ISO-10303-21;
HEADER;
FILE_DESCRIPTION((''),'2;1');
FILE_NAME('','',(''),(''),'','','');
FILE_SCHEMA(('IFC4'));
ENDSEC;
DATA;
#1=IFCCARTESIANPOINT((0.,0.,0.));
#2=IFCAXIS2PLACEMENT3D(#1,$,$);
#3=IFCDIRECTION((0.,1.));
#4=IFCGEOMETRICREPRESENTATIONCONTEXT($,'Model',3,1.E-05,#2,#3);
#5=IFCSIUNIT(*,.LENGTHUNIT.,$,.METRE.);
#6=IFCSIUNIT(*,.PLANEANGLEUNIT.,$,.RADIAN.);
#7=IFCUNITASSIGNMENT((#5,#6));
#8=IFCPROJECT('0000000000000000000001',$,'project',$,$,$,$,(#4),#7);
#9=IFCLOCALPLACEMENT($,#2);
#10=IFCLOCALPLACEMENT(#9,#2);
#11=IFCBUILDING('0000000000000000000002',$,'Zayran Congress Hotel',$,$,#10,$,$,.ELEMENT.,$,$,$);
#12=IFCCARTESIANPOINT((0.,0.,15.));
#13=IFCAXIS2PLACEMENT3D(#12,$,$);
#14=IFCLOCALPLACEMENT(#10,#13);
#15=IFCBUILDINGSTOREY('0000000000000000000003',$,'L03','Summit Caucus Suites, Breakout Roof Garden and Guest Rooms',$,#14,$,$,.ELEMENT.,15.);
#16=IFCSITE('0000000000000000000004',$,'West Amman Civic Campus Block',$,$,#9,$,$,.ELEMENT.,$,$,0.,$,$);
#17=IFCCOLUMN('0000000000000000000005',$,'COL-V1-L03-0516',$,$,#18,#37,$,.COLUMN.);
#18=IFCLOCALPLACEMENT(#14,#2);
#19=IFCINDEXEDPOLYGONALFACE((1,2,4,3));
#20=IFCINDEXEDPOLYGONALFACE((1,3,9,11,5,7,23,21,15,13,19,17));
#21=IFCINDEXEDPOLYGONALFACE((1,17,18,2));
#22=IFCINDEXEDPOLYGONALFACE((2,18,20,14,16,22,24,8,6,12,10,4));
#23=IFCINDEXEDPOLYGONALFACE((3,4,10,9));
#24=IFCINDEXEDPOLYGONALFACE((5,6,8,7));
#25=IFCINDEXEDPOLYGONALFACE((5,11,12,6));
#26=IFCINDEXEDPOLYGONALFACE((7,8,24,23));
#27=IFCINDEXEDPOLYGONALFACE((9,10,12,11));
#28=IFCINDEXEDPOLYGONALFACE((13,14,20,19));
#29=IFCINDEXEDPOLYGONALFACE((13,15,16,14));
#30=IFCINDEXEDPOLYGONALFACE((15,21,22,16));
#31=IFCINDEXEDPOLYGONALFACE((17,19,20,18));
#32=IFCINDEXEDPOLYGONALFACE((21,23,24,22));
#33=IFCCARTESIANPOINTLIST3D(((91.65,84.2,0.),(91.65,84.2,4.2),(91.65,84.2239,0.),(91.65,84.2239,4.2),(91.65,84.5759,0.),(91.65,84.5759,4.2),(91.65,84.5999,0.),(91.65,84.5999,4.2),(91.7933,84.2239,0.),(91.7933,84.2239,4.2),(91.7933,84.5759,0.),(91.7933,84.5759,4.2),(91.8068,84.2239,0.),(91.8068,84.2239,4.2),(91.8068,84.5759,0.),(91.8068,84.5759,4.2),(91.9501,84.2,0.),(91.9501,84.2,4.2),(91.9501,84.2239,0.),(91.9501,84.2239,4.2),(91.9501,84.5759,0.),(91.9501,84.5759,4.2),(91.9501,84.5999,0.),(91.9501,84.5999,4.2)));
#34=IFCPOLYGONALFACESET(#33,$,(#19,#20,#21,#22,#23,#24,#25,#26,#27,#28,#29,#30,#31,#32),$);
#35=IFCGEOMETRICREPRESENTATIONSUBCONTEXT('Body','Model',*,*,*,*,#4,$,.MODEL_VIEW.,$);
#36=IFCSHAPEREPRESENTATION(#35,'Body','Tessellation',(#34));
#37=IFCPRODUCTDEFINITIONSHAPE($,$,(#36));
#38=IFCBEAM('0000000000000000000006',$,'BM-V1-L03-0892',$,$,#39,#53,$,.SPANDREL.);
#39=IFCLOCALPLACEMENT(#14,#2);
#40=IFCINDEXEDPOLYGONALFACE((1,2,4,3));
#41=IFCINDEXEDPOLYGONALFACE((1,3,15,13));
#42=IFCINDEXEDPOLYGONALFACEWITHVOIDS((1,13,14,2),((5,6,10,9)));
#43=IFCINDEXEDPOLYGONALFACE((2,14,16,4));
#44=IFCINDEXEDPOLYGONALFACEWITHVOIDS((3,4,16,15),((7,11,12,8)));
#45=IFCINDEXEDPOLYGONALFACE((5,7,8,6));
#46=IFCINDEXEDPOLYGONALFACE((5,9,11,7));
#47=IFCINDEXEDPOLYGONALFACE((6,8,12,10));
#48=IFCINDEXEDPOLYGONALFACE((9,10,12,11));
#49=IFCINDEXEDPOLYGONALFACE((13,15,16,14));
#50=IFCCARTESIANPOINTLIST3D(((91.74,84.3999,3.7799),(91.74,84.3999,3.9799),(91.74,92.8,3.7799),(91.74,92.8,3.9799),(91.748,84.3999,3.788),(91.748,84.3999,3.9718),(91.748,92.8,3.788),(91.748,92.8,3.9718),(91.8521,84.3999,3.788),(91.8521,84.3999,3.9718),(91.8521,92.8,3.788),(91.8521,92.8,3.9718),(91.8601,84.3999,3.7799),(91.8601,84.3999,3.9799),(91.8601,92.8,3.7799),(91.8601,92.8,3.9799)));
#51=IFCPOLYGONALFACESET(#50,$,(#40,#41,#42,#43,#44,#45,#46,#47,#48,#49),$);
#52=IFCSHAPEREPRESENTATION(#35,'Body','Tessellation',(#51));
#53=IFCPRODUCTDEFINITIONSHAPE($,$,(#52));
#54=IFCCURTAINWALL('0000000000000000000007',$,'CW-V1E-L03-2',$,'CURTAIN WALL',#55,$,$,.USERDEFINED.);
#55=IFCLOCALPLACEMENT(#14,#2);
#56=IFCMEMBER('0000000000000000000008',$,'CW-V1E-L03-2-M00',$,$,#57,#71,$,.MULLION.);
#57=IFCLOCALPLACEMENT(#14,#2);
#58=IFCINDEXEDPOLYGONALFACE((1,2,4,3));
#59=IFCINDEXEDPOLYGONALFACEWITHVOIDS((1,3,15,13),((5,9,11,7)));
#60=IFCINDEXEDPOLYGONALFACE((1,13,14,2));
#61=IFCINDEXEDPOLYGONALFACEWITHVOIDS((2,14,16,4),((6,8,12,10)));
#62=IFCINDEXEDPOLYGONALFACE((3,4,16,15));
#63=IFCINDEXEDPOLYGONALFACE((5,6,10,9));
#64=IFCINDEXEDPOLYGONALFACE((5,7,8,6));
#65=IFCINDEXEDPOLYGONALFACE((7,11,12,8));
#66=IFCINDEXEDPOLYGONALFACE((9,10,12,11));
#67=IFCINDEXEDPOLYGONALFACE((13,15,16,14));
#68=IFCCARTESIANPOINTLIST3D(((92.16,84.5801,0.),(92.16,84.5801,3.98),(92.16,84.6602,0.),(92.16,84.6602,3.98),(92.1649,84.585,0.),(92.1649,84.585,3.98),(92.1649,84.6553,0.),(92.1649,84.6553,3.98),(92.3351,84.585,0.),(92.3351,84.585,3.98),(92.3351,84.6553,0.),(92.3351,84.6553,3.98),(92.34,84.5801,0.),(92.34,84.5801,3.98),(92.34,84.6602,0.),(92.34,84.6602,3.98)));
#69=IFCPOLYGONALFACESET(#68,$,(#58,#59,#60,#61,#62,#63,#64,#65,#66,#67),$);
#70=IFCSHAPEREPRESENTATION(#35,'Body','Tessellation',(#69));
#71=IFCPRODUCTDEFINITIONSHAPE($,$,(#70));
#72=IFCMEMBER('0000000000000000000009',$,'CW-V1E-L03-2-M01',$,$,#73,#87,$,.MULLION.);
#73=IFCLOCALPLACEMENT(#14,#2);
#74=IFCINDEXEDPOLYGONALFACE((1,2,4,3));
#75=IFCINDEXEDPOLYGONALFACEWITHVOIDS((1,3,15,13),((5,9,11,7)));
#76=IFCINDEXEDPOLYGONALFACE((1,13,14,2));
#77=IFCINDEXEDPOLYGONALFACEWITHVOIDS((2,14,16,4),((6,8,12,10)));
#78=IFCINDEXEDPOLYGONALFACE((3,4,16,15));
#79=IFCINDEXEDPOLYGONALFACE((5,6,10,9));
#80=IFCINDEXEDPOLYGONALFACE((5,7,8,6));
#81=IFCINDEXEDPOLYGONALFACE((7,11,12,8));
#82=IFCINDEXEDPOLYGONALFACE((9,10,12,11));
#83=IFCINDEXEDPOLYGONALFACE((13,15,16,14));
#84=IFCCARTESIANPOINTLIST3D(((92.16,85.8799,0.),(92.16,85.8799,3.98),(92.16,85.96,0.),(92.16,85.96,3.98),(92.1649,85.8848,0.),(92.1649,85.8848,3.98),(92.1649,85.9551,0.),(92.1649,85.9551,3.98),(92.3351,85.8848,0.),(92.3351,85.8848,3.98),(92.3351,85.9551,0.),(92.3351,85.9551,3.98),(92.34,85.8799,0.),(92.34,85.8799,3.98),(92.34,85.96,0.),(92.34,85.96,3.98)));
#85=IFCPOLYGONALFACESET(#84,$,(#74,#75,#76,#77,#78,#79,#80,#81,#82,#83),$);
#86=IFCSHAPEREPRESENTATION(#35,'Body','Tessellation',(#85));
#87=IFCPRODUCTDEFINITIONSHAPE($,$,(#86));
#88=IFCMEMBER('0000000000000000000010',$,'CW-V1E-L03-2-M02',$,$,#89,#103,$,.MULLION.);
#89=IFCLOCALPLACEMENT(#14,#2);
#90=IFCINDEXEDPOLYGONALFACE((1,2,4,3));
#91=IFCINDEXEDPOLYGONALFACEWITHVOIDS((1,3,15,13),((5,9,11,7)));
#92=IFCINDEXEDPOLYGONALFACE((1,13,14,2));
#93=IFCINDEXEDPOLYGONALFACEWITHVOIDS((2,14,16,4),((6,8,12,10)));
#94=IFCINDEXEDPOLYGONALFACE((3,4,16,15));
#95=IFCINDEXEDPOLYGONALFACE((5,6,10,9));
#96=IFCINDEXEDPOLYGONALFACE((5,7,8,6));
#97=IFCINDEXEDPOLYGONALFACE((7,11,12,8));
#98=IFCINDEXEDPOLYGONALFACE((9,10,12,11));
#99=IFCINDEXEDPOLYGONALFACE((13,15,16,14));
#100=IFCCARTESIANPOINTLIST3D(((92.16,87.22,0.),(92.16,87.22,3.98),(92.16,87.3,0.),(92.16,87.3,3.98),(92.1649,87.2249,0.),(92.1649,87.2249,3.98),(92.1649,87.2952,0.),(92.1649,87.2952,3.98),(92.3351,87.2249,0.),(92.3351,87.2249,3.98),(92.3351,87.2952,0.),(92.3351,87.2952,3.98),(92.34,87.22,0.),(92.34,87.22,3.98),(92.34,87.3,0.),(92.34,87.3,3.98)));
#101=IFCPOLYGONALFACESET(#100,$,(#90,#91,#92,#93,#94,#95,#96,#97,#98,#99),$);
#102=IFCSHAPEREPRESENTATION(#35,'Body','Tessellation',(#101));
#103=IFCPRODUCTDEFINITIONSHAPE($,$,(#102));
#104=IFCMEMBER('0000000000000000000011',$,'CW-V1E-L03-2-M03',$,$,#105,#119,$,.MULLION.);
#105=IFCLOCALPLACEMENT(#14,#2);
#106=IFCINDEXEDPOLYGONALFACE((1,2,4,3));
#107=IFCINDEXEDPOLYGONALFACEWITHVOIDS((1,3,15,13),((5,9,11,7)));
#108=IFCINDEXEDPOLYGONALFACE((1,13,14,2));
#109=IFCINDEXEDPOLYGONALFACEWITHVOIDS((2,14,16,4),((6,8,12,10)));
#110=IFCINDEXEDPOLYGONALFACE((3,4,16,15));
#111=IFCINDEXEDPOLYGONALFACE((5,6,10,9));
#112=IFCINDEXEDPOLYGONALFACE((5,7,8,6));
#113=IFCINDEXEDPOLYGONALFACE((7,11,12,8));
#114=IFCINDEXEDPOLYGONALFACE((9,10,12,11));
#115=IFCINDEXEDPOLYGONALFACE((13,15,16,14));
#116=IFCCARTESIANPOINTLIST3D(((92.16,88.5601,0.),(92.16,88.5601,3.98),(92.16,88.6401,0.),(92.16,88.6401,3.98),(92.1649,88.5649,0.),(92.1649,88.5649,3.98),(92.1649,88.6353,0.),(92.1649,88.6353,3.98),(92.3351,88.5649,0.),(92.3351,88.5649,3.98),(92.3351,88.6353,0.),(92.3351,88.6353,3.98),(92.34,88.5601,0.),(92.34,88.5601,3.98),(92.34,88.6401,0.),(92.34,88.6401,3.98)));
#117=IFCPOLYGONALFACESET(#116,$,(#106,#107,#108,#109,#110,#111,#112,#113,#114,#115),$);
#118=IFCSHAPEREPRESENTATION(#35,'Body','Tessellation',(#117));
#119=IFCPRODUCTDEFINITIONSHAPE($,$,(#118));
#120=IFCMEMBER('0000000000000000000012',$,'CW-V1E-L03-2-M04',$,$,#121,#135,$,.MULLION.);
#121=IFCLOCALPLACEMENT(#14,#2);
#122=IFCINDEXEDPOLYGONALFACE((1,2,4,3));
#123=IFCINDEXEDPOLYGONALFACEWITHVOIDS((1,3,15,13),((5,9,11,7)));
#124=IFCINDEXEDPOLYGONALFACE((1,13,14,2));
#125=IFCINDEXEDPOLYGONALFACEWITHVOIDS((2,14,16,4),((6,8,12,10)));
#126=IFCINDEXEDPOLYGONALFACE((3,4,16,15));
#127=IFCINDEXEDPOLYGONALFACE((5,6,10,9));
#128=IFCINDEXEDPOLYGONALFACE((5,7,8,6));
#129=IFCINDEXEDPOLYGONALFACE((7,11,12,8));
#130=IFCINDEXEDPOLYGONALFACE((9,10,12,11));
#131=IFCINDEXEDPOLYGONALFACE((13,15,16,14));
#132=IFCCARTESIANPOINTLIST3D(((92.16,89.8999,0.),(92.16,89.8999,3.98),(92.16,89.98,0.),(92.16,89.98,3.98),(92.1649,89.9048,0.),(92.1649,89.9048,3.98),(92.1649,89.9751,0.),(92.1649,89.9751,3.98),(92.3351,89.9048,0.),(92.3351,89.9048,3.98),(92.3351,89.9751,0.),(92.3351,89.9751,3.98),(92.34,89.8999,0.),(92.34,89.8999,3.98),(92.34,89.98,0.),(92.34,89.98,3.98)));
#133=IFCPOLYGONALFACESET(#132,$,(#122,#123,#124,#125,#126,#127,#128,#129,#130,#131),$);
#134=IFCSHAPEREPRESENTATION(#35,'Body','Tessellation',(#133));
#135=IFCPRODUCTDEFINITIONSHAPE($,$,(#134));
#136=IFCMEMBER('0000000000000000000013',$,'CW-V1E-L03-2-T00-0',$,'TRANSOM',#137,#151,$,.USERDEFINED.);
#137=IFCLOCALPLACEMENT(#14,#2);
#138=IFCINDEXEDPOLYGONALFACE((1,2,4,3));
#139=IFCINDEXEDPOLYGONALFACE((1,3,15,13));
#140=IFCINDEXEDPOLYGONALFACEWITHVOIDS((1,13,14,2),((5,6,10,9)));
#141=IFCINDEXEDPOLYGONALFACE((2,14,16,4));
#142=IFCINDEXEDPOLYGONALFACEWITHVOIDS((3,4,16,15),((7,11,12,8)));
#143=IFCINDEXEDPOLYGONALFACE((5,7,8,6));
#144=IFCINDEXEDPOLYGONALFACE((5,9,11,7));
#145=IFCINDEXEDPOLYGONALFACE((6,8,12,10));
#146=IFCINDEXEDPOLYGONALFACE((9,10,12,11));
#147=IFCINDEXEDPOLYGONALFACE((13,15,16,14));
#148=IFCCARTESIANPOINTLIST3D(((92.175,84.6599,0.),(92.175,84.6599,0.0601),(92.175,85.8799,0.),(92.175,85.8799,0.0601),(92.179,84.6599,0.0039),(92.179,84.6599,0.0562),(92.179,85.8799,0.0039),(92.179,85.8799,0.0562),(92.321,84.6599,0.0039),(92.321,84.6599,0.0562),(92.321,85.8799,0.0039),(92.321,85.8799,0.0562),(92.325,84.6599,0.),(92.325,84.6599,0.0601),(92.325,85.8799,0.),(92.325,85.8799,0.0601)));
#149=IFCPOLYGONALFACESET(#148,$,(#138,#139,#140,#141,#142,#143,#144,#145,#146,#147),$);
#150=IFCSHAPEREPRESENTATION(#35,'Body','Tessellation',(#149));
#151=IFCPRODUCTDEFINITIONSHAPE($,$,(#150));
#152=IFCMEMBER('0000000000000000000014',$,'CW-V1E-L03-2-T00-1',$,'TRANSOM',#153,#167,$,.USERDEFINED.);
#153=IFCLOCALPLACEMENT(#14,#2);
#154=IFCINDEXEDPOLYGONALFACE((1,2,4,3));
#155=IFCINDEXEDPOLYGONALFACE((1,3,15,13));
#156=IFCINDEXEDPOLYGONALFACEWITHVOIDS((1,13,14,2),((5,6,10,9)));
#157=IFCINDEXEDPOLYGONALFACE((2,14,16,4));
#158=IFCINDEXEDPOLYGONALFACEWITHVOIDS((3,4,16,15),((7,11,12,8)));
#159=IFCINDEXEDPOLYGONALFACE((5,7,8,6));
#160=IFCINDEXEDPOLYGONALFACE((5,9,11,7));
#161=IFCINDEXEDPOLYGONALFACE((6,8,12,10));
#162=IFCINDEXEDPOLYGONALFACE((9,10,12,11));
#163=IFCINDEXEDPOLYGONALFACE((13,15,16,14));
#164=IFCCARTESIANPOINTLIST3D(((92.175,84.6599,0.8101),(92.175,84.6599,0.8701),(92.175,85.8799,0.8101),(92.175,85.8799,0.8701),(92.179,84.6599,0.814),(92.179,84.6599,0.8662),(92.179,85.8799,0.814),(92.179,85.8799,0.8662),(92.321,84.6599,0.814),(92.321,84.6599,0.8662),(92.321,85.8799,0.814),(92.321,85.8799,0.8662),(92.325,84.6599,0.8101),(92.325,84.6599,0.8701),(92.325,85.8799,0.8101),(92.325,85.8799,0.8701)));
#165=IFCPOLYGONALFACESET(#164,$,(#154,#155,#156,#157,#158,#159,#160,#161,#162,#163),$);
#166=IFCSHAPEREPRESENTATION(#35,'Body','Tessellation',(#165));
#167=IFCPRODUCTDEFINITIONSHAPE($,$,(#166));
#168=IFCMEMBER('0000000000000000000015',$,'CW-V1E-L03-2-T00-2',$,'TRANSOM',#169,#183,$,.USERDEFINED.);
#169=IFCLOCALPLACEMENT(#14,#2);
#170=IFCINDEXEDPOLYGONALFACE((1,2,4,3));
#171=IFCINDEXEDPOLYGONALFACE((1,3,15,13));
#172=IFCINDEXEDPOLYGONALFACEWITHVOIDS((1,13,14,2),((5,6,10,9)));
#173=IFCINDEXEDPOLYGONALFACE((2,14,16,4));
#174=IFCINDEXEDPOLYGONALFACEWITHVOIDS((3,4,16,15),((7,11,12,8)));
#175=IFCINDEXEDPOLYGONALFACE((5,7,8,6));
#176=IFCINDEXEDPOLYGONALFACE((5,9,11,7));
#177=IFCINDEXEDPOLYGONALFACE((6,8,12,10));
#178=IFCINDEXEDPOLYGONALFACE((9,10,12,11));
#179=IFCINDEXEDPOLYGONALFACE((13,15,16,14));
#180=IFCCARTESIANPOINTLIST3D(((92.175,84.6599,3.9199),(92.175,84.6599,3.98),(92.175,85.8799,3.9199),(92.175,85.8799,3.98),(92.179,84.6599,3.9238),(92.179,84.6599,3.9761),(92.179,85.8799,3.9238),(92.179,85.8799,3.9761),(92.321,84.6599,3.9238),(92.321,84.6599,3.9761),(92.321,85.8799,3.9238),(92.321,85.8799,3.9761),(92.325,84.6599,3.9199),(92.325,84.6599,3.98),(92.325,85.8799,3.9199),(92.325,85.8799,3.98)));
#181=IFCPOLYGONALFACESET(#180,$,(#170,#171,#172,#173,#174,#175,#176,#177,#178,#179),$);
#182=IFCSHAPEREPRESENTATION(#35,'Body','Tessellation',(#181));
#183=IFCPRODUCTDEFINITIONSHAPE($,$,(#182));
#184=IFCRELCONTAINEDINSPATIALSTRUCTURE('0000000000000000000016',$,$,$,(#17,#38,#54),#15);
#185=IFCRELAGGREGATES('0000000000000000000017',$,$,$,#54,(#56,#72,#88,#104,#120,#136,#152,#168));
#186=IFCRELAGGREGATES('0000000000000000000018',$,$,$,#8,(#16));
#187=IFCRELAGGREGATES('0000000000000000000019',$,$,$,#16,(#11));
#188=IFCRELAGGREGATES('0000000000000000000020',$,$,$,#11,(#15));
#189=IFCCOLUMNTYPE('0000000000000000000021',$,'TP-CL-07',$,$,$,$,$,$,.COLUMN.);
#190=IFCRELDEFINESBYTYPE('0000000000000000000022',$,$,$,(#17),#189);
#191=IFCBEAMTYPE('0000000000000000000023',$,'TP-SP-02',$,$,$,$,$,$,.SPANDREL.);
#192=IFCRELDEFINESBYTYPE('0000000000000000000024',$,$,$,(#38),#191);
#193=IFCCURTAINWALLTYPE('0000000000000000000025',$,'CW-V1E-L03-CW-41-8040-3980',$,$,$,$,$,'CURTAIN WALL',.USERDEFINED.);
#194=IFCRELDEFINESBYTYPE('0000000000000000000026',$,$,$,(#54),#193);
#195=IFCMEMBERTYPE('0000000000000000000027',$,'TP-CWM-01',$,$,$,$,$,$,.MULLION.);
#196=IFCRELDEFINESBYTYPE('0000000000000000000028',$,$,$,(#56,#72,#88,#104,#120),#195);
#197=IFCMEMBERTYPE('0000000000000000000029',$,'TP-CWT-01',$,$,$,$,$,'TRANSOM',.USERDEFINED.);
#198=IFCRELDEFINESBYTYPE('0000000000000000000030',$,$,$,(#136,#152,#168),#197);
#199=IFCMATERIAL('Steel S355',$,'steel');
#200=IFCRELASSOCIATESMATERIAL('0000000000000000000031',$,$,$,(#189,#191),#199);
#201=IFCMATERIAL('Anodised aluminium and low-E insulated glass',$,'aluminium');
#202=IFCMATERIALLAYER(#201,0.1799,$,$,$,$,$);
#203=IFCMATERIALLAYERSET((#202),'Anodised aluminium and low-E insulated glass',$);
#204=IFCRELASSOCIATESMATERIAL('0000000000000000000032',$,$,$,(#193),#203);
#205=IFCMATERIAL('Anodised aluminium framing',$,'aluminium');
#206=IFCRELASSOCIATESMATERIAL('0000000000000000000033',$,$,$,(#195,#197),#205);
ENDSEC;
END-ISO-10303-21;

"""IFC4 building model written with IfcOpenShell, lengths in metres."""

from ifc_helpers import new_model, si_unit, direction, frame, origin, origin_2d, place, context, subcontext, project, spatial, hollow_rectangle, i_section, extrude, material, layer, layer_set, material_profile, profile_set, type_object, element, aggregate, save


model = new_model("IFC4")

# Units and contexts
model_context = context("Model", 3, precision=1e-05, world=origin(), true_north=direction((0.0, 1.0)))
body_context = subcontext(model_context, "Body", "Model", "MODEL_VIEW")
ifc_project = project(units=[si_unit("LENGTHUNIT", "METRE"), si_unit("PLANEANGLEUNIT", "RADIAN")], contexts=[model_context])

# Site, building, storey
site_placement = place(None, origin())
site = spatial("IfcSite", under=ifc_project, at=site_placement, Name="West Amman Civic Campus Block", CompositionType="ELEMENT", RefElevation=0.0)
building_placement = place(site_placement, origin())
building = spatial("IfcBuilding", under=site, at=building_placement, Name="Zayran Congress Hotel", CompositionType="ELEMENT")
storey_placement = place(building_placement, frame((0.0, 0.0, 15.0)))
storey = spatial("IfcBuildingStorey", under=building, at=storey_placement, Name="L03", Description="Summit Caucus Suites, Breakout Roof Garden and Guest Rooms", CompositionType="ELEMENT", Elevation=15.0)

# Column
ifc_material_1 = material(Name="Steel S355", Category="steel")
ifc_material_profile_1 = material_profile(ifc_material_1, i_section(OverallWidth=0.3, OverallDepth=0.3999, WebThickness=0.0134, FlangeThickness=0.0239, at=origin_2d()), Name="HEB 400")
ifc_profile_set_1 = profile_set([ifc_material_profile_1], Name="Steel S355")
column_type = type_object("IfcColumnType", Name="TP-CL-07", PredefinedType="COLUMN", material=ifc_profile_set_1)
column_placement = place(storey_placement, frame((91.8, 84.3999, 0.0), z_axis=(0.0, 0.0, 1.0), x_axis=(1.0, 0.0, 0.0)))
element("IfcColumn", 1, at=column_placement, inside=storey, type_object=column_type, Name="COL-V1-L03-0516", PredefinedType="COLUMN", context=body_context, shape_type="SweptSolid", body=[
    extrude(i_section(OverallWidth=0.3, OverallDepth=0.3999, WebThickness=0.0134, FlangeThickness=0.0239, at=origin_2d()), origin(), (0.0, 0.0, 1.0), 4.2),
])

# Beam
ifc_material_profile_2 = material_profile(ifc_material_1, hollow_rectangle(XDim=0.1201, YDim=0.2, WallThickness=0.0081, at=origin_2d()), Name="RHS 200x120x8")
ifc_profile_set_2 = profile_set([ifc_material_profile_2], Name="Steel S355")
beam_type = type_object("IfcBeamType", Name="TP-SP-02", PredefinedType="SPANDREL", material=ifc_profile_set_2)
beam_placement = place(storey_placement, frame((91.8, 84.3999, 3.8799), z_axis=(0.0, 1.0, 0.0), x_axis=(-1.0, 0.0, 0.0)))
element("IfcBeam", 2, at=beam_placement, inside=storey, type_object=beam_type, Name="BM-V1-L03-0892", PredefinedType="SPANDREL", context=body_context, shape_type="SweptSolid", body=[
    extrude(hollow_rectangle(XDim=0.1201, YDim=0.2, WallThickness=0.0081, at=origin_2d()), origin(), (0.0, 0.0, 1.0), 8.4001),
])

# Curtain wall, members
ifc_material_2 = material(Name="Anodised aluminium and low-E insulated glass", Category="aluminium")
ifc_layer_1 = layer(ifc_material_2, 0.1799)
ifc_layer_set_1 = layer_set([ifc_layer_1], Name="Anodised aluminium and low-E insulated glass")
curtain_wall_type = type_object("IfcCurtainWallType", Name="CW-V1E-L03-CW-41-8040-3980", ElementType="CURTAIN WALL", PredefinedType="USERDEFINED", material=ifc_layer_set_1)
curtain_wall_placement = place(storey_placement, origin())
curtain_wall = element("IfcCurtainWall", 3, at=curtain_wall_placement, inside=storey, type_object=curtain_wall_type, Name="CW-V1E-L03-2", ObjectType="CURTAIN WALL", PredefinedType="USERDEFINED")
ifc_material_3 = material(Name="Anodised aluminium framing", Category="aluminium")
ifc_material_profile_3 = material_profile(ifc_material_3, hollow_rectangle(XDim=0.0801, YDim=0.1799, WallThickness=0.0049, at=origin_2d()), Name="RHS 180x80x5")
ifc_profile_set_3 = profile_set([ifc_material_profile_3], Name="Anodised aluminium framing")
member_type_1 = type_object("IfcMemberType", Name="TP-CWM-01", PredefinedType="MULLION", material=ifc_profile_set_3)
member_1_placement = place(storey_placement, frame((92.25, 84.6201, 0.0), z_axis=(0.0, 0.0, 1.0), x_axis=(0.0, 1.0, 0.0)))
member_1 = element("IfcMember", 4, at=member_1_placement, type_object=member_type_1, Name="CW-V1E-L03-2-M00", PredefinedType="MULLION", context=body_context, shape_type="SweptSolid", body=[
    extrude(hollow_rectangle(XDim=0.0801, YDim=0.1799, WallThickness=0.0049, at=origin_2d()), origin(), (0.0, 0.0, 1.0), 3.98),
])
member_2_placement = place(storey_placement, frame((92.25, 85.9199, 0.0), z_axis=(0.0, 0.0, 1.0), x_axis=(0.0, 1.0, 0.0)))
member_2 = element("IfcMember", 5, at=member_2_placement, type_object=member_type_1, Name="CW-V1E-L03-2-M01", PredefinedType="MULLION", context=body_context, shape_type="SweptSolid", body=[
    extrude(hollow_rectangle(XDim=0.0801, YDim=0.1799, WallThickness=0.0049, at=origin_2d()), origin(), (0.0, 0.0, 1.0), 3.98),
])
member_3_placement = place(storey_placement, frame((92.25, 87.26, 0.0), z_axis=(0.0, 0.0, 1.0), x_axis=(0.0, 1.0, 0.0)))
member_3 = element("IfcMember", 6, at=member_3_placement, type_object=member_type_1, Name="CW-V1E-L03-2-M02", PredefinedType="MULLION", context=body_context, shape_type="SweptSolid", body=[
    extrude(hollow_rectangle(XDim=0.0801, YDim=0.1799, WallThickness=0.0049, at=origin_2d()), origin(), (0.0, 0.0, 1.0), 3.98),
])
member_4_placement = place(storey_placement, frame((92.25, 88.6001, 0.0), z_axis=(0.0, 0.0, 1.0), x_axis=(0.0, 1.0, 0.0)))
member_4 = element("IfcMember", 7, at=member_4_placement, type_object=member_type_1, Name="CW-V1E-L03-2-M03", PredefinedType="MULLION", context=body_context, shape_type="SweptSolid", body=[
    extrude(hollow_rectangle(XDim=0.0801, YDim=0.1799, WallThickness=0.0049, at=origin_2d()), origin(), (0.0, 0.0, 1.0), 3.98),
])
member_5_placement = place(storey_placement, frame((92.25, 89.9399, 0.0), z_axis=(0.0, 0.0, 1.0), x_axis=(0.0, 1.0, 0.0)))
member_5 = element("IfcMember", 8, at=member_5_placement, type_object=member_type_1, Name="CW-V1E-L03-2-M04", PredefinedType="MULLION", context=body_context, shape_type="SweptSolid", body=[
    extrude(hollow_rectangle(XDim=0.0801, YDim=0.1799, WallThickness=0.0049, at=origin_2d()), origin(), (0.0, 0.0, 1.0), 3.98),
])
ifc_material_profile_4 = material_profile(ifc_material_3, hollow_rectangle(XDim=0.0601, YDim=0.1499, WallThickness=0.0039, at=origin_2d()), Name="RHS 150x60x4")
ifc_profile_set_4 = profile_set([ifc_material_profile_4], Name="Anodised aluminium framing")
member_type_2 = type_object("IfcMemberType", Name="TP-CWT-01", ElementType="TRANSOM", PredefinedType="USERDEFINED", material=ifc_profile_set_4)
member_6_placement = place(storey_placement, frame((92.25, 84.6599, 0.03), z_axis=(0.0, 1.0, 0.0), x_axis=(0.0, 0.0, 1.0)))
member_6 = element("IfcMember", 9, at=member_6_placement, type_object=member_type_2, Name="CW-V1E-L03-2-T00-0", ObjectType="TRANSOM", PredefinedType="USERDEFINED", context=body_context, shape_type="SweptSolid", body=[
    extrude(hollow_rectangle(XDim=0.0601, YDim=0.1499, WallThickness=0.0039, at=origin_2d()), origin(), (0.0, 0.0, 1.0), 1.22),
])
member_7_placement = place(storey_placement, frame((92.25, 84.6599, 0.8401), z_axis=(0.0, 1.0, 0.0), x_axis=(0.0, 0.0, 1.0)))
member_7 = element("IfcMember", 10, at=member_7_placement, type_object=member_type_2, Name="CW-V1E-L03-2-T00-1", ObjectType="TRANSOM", PredefinedType="USERDEFINED", context=body_context, shape_type="SweptSolid", body=[
    extrude(hollow_rectangle(XDim=0.0601, YDim=0.1499, WallThickness=0.0039, at=origin_2d()), origin(), (0.0, 0.0, 1.0), 1.22),
])
member_8_placement = place(storey_placement, frame((92.25, 84.6599, 3.95), z_axis=(0.0, 1.0, 0.0), x_axis=(0.0, 0.0, 1.0)))
member_8 = element("IfcMember", 11, at=member_8_placement, type_object=member_type_2, Name="CW-V1E-L03-2-T00-2", ObjectType="TRANSOM", PredefinedType="USERDEFINED", context=body_context, shape_type="SweptSolid", body=[
    extrude(hollow_rectangle(XDim=0.0601, YDim=0.1499, WallThickness=0.0039, at=origin_2d()), origin(), (0.0, 0.0, 1.0), 1.22),
])
aggregate(curtain_wall, [member_1, member_2, member_3, member_4, member_5, member_6, member_7, member_8])

save(model, "model.ifc")
